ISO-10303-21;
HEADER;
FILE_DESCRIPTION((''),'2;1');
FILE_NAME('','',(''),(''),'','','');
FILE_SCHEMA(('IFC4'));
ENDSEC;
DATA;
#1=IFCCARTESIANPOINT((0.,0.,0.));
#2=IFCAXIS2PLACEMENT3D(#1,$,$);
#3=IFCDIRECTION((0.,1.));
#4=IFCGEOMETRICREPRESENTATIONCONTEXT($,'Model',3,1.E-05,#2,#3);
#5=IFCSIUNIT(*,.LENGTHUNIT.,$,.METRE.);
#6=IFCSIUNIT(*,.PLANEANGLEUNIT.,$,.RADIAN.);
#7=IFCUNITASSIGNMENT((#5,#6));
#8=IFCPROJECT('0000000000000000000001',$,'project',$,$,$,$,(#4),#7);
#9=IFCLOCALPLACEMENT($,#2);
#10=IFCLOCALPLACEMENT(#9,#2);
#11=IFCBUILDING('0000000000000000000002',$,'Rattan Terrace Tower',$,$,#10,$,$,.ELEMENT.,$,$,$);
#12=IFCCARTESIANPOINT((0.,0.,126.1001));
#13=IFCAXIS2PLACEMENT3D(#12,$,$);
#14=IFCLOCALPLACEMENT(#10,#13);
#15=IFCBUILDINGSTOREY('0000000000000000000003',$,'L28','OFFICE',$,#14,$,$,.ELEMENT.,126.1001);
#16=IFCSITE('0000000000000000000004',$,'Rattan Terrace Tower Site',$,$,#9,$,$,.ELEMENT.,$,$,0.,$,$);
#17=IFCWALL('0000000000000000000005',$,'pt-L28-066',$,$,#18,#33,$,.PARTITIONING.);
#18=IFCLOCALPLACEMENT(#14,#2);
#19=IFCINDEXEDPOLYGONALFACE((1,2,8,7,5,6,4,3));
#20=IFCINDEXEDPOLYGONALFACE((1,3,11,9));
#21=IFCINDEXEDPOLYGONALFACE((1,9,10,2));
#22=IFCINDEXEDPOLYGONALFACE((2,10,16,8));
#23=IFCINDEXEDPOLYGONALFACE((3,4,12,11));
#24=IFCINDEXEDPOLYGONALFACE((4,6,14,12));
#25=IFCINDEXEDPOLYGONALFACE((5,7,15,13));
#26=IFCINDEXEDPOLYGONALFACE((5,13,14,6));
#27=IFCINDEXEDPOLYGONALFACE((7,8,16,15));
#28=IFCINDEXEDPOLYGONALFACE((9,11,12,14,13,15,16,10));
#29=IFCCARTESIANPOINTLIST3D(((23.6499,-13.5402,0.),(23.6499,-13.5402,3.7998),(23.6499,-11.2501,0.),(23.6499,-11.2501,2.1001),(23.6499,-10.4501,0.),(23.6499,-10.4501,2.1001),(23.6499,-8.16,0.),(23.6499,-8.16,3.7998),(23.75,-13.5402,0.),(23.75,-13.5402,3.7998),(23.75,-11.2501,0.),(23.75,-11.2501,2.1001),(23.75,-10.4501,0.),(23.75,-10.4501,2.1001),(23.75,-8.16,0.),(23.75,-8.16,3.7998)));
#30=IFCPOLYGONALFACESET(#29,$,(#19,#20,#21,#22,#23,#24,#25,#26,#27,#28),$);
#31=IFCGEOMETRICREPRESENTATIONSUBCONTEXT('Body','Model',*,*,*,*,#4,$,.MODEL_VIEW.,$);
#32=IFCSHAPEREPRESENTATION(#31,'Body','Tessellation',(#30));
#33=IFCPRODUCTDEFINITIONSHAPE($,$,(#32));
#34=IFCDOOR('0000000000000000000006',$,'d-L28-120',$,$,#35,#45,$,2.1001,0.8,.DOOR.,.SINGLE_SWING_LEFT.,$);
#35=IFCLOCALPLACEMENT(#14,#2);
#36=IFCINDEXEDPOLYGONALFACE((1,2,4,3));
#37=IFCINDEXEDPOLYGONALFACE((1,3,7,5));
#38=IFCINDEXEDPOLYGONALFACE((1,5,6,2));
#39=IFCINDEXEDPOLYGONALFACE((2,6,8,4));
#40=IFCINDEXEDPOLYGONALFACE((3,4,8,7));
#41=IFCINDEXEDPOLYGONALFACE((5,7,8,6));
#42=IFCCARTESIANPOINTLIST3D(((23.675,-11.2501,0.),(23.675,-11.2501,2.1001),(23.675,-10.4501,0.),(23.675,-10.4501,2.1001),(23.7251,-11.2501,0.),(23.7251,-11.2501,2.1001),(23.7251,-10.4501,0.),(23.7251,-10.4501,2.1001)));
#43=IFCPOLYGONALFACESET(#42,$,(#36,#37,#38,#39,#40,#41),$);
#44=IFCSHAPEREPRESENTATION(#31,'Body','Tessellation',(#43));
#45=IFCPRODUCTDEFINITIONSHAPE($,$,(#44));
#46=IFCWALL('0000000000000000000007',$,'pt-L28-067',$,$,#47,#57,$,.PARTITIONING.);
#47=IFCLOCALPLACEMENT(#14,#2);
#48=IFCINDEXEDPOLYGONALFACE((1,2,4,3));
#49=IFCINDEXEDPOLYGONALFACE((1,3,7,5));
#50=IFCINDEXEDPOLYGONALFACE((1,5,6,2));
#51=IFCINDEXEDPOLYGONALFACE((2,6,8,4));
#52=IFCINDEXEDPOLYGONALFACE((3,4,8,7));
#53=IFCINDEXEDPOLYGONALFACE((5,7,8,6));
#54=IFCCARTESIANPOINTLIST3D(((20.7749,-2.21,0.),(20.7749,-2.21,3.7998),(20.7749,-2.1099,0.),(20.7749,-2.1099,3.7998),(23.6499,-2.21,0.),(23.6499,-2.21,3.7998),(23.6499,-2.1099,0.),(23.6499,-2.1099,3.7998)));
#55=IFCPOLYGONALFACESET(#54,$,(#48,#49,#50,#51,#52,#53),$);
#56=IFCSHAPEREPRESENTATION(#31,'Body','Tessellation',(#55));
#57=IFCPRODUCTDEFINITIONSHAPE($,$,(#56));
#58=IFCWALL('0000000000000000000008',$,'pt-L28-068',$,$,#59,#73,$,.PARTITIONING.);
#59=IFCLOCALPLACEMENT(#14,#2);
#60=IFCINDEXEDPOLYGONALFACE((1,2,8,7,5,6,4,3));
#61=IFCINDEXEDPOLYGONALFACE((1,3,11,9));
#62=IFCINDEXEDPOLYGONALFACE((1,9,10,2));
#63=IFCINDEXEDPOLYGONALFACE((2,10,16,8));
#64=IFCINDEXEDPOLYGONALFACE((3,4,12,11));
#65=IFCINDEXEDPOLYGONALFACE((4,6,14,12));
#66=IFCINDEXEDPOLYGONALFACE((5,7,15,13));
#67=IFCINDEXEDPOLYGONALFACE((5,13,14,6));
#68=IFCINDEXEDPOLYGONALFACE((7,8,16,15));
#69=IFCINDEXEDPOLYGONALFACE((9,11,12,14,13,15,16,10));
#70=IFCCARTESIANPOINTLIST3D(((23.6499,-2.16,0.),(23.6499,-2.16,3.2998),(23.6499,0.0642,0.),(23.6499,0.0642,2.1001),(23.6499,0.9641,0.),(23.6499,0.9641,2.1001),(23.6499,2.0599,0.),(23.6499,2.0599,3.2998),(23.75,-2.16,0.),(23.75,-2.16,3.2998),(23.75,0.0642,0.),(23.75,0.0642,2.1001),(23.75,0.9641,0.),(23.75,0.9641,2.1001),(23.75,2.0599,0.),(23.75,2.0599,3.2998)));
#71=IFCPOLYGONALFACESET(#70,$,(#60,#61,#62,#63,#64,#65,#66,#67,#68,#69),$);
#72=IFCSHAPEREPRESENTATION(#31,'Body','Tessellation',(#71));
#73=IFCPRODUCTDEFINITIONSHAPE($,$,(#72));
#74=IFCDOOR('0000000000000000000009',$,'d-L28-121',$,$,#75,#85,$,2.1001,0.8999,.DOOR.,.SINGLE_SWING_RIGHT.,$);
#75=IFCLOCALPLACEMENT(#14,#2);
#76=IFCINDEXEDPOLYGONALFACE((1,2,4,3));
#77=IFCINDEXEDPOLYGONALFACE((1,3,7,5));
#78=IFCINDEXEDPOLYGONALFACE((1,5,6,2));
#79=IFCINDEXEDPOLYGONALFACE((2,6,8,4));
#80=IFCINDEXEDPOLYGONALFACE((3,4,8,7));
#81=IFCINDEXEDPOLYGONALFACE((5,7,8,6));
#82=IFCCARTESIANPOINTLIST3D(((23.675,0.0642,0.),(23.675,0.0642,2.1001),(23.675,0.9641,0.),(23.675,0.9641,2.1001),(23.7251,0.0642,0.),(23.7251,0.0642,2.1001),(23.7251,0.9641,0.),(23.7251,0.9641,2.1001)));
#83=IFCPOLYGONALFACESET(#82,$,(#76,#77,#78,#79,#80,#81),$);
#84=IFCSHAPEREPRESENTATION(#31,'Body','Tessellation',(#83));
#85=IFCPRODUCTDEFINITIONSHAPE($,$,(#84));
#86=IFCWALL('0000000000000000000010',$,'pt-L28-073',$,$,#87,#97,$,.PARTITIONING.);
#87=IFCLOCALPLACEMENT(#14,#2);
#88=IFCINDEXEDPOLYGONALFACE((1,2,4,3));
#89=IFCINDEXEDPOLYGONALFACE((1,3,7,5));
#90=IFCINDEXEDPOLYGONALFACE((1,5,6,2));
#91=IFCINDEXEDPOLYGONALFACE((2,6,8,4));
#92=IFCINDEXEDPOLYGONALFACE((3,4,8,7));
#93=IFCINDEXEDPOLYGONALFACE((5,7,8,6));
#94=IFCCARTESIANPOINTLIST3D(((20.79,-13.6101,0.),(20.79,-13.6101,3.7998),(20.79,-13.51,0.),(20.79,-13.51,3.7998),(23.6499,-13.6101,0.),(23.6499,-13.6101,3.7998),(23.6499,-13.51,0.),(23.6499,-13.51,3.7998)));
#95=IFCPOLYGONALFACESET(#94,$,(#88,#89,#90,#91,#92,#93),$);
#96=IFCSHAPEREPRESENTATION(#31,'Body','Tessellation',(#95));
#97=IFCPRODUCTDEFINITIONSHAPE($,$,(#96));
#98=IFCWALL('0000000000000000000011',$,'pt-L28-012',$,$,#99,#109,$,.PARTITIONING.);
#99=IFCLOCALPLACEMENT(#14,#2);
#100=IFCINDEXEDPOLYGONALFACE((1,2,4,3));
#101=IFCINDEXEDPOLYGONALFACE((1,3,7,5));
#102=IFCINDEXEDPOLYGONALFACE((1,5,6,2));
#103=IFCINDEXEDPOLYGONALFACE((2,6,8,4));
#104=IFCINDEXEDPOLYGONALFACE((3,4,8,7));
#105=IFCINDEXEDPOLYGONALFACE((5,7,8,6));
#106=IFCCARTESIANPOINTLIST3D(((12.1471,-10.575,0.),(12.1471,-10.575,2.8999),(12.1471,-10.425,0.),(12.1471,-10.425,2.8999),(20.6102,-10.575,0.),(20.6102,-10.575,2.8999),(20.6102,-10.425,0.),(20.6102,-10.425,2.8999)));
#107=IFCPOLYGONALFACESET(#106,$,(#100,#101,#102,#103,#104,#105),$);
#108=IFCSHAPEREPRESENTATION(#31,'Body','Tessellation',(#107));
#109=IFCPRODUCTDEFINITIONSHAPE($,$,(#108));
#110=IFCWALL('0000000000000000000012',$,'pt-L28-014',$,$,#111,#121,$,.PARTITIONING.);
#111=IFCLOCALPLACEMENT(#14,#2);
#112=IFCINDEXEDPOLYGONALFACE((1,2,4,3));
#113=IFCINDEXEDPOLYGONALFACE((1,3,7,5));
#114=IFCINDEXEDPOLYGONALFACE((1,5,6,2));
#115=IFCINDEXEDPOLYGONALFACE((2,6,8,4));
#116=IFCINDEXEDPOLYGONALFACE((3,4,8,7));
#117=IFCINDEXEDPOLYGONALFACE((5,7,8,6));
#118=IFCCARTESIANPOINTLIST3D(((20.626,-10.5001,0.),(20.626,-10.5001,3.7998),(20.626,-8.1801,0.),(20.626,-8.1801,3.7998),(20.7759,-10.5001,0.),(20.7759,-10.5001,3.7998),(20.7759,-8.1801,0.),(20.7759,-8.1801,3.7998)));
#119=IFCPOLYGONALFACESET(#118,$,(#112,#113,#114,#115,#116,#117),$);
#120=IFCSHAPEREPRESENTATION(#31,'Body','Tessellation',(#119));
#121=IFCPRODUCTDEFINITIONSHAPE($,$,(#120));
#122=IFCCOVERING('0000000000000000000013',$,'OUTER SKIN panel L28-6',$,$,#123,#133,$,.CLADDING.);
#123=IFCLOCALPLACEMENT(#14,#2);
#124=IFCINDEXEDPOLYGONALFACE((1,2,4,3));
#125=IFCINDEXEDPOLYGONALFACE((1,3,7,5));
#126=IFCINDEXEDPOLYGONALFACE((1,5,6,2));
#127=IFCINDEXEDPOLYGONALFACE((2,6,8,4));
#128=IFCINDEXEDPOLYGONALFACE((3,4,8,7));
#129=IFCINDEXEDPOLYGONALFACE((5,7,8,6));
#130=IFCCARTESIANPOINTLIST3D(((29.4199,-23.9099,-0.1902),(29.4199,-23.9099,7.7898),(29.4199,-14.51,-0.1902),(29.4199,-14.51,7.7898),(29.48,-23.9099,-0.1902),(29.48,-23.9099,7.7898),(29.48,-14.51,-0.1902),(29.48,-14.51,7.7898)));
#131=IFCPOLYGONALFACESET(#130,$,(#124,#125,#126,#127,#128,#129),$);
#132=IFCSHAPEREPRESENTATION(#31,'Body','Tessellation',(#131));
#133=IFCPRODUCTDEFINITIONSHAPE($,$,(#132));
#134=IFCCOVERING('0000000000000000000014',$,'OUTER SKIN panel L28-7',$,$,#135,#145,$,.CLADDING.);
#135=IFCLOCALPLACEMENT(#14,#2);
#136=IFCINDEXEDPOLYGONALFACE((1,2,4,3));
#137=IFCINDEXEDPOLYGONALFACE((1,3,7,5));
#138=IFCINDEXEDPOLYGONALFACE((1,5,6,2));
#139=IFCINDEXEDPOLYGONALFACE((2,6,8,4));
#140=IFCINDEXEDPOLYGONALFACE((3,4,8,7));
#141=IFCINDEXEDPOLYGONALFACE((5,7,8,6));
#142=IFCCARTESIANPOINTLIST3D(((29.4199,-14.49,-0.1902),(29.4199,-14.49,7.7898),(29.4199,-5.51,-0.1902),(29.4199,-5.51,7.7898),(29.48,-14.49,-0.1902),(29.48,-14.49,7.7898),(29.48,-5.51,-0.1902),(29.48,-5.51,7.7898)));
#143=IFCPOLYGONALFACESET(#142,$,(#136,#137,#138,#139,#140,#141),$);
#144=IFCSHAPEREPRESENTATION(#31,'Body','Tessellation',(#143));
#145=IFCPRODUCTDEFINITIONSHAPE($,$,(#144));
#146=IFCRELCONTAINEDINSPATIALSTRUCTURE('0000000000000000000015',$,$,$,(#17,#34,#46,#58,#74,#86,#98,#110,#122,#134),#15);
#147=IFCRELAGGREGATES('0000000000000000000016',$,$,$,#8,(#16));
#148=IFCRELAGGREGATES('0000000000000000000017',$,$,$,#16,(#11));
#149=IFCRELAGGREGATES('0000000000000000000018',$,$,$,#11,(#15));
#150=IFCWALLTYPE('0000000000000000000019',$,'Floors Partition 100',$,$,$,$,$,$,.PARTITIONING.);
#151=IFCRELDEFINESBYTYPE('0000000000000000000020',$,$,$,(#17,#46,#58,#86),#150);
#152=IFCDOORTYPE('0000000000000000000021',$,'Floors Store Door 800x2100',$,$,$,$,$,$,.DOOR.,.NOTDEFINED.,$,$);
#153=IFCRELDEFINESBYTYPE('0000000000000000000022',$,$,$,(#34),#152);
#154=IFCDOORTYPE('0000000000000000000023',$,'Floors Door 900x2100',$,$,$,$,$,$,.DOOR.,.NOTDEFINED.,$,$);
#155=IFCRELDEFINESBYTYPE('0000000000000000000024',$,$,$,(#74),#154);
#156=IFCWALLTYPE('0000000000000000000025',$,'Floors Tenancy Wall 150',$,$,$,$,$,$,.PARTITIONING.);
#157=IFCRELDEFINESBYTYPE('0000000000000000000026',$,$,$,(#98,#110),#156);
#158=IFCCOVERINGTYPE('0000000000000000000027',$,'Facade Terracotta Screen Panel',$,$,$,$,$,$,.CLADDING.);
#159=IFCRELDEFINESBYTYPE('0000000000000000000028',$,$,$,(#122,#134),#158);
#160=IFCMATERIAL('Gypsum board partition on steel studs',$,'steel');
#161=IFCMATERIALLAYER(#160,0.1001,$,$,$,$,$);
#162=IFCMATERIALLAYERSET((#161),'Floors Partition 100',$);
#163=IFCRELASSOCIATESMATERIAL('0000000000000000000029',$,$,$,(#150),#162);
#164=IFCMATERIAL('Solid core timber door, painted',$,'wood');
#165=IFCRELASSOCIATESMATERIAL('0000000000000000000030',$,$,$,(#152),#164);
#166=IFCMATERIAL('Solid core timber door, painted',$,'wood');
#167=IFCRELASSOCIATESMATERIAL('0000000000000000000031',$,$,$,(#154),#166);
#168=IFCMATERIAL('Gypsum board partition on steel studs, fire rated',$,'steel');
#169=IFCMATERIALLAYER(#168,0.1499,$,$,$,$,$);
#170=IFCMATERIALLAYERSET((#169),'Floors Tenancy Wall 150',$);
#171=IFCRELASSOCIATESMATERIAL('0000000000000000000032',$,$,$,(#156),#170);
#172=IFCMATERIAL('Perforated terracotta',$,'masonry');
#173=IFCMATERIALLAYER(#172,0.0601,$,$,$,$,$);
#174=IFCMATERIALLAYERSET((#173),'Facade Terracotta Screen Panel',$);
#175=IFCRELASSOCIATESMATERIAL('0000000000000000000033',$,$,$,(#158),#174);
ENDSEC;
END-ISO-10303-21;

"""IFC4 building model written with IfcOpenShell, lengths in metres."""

from ifc_helpers import new_model, si_unit, direction, frame, frame_2d, origin, origin_2d, place, context, subcontext, project, spatial, rectangle, extrude, material, layer, layer_set, type_object, element, fill, save


model = new_model("IFC4")

# Units and contexts
model_context = context("Model", 3, precision=1e-05, world=origin(), true_north=direction((0.0, 1.0)))
body_context = subcontext(model_context, "Body", "Model", "MODEL_VIEW")
ifc_project = project(units=[si_unit("LENGTHUNIT", "METRE"), si_unit("PLANEANGLEUNIT", "RADIAN")], contexts=[model_context])

# Site, building, storey
site_placement = place(None, origin())
site = spatial("IfcSite", under=ifc_project, at=site_placement, Name="Rattan Terrace Tower Site", CompositionType="ELEMENT", RefElevation=0.0)
building_placement = place(site_placement, origin())
building = spatial("IfcBuilding", under=site, at=building_placement, Name="Rattan Terrace Tower", CompositionType="ELEMENT")
storey_placement = place(building_placement, frame((0.0, 0.0, 126.1001)))
storey = spatial("IfcBuildingStorey", under=building, at=storey_placement, Name="L28", Description="OFFICE", CompositionType="ELEMENT", Elevation=126.1001)

# Shared definitions
ifc_material_1 = material(Name="Gypsum board partition on steel studs", Category="steel")
ifc_layer_1 = layer(ifc_material_1, 0.1001)
ifc_layer_set_1 = layer_set([ifc_layer_1], Name="Floors Partition 100")
wall_type_1 = type_object("IfcWallType", Name="Floors Partition 100", PredefinedType="PARTITIONING", material=ifc_layer_set_1)

# Wall, opening, door
wall_1_placement = place(storey_placement, frame((23.7, -13.54, 0.0), z_axis=(0.0, 0.0, 1.0), x_axis=(0.0, 1.0, 0.0)))
wall_1 = element("IfcWall", 1, at=wall_1_placement, inside=storey, type_object=wall_type_1, Name="pt-L28-066", PredefinedType="PARTITIONING", context=body_context, shape_type="SweptSolid", body=[
    extrude(rectangle(XDim=5.3801, YDim=0.1001, at=frame_2d((2.6899, 0.0))), origin(), (0.0, 0.0, 1.0), 3.7998),
])
opening_1_placement = place(wall_1_placement, frame((2.29, 0.0, 0.0)))
opening_1 = element("IfcOpeningElement", 2, at=opening_1_placement, cuts=wall_1, PredefinedType="OPENING", context=body_context, shape_type="SweptSolid", body=[
    extrude(rectangle(XDim=0.8, YDim=2.1001, at=frame_2d((0.3999, 1.05))), frame((0.0, 0.0605, 0.0), z_axis=(0.0, -1.0, 0.0), x_axis=(1.0, 0.0, 0.0)), (0.0, 0.0, 1.0), 0.1211),
])
ifc_material_2 = material(Name="Solid core timber door, painted", Category="wood")
door_type_1 = type_object("IfcDoorType", Name="Floors Store Door 800x2100", OperationType="NOTDEFINED", PredefinedType="DOOR", material=ifc_material_2)
door_1_placement = place(opening_1_placement, origin())
door_1 = element("IfcDoor", 3, at=door_1_placement, inside=storey, type_object=door_type_1, Name="d-L28-120", OperationType="SINGLE_SWING_LEFT", OverallHeight=2.1001, OverallWidth=0.8, PredefinedType="DOOR", context=body_context, shape_type="SweptSolid", body=[
    extrude(rectangle(XDim=0.8, YDim=2.1001, at=frame_2d((0.3999, 1.05))), frame((0.0, 0.0249, 0.0), z_axis=(0.0, -1.0, 0.0), x_axis=(1.0, 0.0, 0.0)), (0.0, 0.0, 1.0), 0.05),
])
fill(opening_1, door_1)

# Wall
wall_2_placement = place(storey_placement, frame((20.7749, -2.1599, 0.0), z_axis=(0.0, 0.0, 1.0), x_axis=(1.0, 0.0, 0.0)))
element("IfcWall", 4, at=wall_2_placement, inside=storey, type_object=wall_type_1, Name="pt-L28-067", PredefinedType="PARTITIONING", context=body_context, shape_type="SweptSolid", body=[
    extrude(rectangle(XDim=2.875, YDim=0.1001, at=frame_2d((1.4375, 0.0))), origin(), (0.0, 0.0, 1.0), 3.7998),
])

# Wall, opening, door
wall_3_placement = place(storey_placement, frame((23.7, -2.1599, 0.0), z_axis=(0.0, 0.0, 1.0), x_axis=(0.0, 1.0, 0.0)))
wall_3 = element("IfcWall", 5, at=wall_3_placement, inside=storey, type_object=wall_type_1, Name="pt-L28-068", PredefinedType="PARTITIONING", context=body_context, shape_type="SweptSolid", body=[
    extrude(rectangle(XDim=4.22, YDim=0.1001, at=frame_2d((2.1099, 0.0))), origin(), (0.0, 0.0, 1.0), 3.2998),
])
opening_2_placement = place(wall_3_placement, frame((2.2241, 0.0, 0.0)))
opening_2 = element("IfcOpeningElement", 6, at=opening_2_placement, cuts=wall_3, PredefinedType="OPENING", context=body_context, shape_type="SweptSolid", body=[
    extrude(rectangle(XDim=0.8999, YDim=2.1001, at=frame_2d((0.45, 1.05))), frame((0.0, 0.0605, 0.0), z_axis=(0.0, -1.0, 0.0), x_axis=(1.0, 0.0, 0.0)), (0.0, 0.0, 1.0), 0.1211),
])
ifc_material_3 = material(Name="Solid core timber door, painted", Category="wood")
door_type_2 = type_object("IfcDoorType", Name="Floors Door 900x2100", OperationType="NOTDEFINED", PredefinedType="DOOR", material=ifc_material_3)
door_2_placement = place(opening_2_placement, origin())
door_2 = element("IfcDoor", 7, at=door_2_placement, inside=storey, type_object=door_type_2, Name="d-L28-121", OperationType="SINGLE_SWING_RIGHT", OverallHeight=2.1001, OverallWidth=0.8999, PredefinedType="DOOR", context=body_context, shape_type="SweptSolid", body=[
    extrude(rectangle(XDim=0.8999, YDim=2.1001, at=frame_2d((0.45, 1.05))), frame((0.0, 0.0249, 0.0), z_axis=(0.0, -1.0, 0.0), x_axis=(1.0, 0.0, 0.0)), (0.0, 0.0, 1.0), 0.05),
])
fill(opening_2, door_2)

# Walls
wall_4_placement = place(storey_placement, frame((20.79, -13.5601, 0.0), z_axis=(0.0, 0.0, 1.0), x_axis=(1.0, 0.0, 0.0)))
element("IfcWall", 8, at=wall_4_placement, inside=storey, type_object=wall_type_1, Name="pt-L28-073", PredefinedType="PARTITIONING", context=body_context, shape_type="SweptSolid", body=[
    extrude(rectangle(XDim=2.8599, YDim=0.1001, at=frame_2d((1.4299, 0.0))), origin(), (0.0, 0.0, 1.0), 3.7998),
])
ifc_material_4 = material(Name="Gypsum board partition on steel studs, fire rated", Category="steel")
ifc_layer_2 = layer(ifc_material_4, 0.1499)
ifc_layer_set_2 = layer_set([ifc_layer_2], Name="Floors Tenancy Wall 150")
wall_type_2 = type_object("IfcWallType", Name="Floors Tenancy Wall 150", PredefinedType="PARTITIONING", material=ifc_layer_set_2)
wall_5_placement = place(storey_placement, frame((20.6101, -10.5, 0.0), z_axis=(0.0, 0.0, 1.0), x_axis=(-1.0, 0.0, 0.0)))
element("IfcWall", 9, at=wall_5_placement, inside=storey, type_object=wall_type_2, Name="pt-L28-012", PredefinedType="PARTITIONING", context=body_context, shape_type="SweptSolid", body=[
    extrude(rectangle(XDim=8.4631, YDim=0.1499, at=frame_2d((4.2314, 0.0))), origin(), (0.0, 0.0, 1.0), 2.8999),
])
wall_6_placement = place(storey_placement, frame((20.7009, -8.1799, 0.0), z_axis=(0.0, 0.0, 1.0), x_axis=(0.0, -1.0, 0.0)))
element("IfcWall", 10, at=wall_6_placement, inside=storey, type_object=wall_type_2, Name="pt-L28-014", PredefinedType="PARTITIONING", context=body_context, shape_type="SweptSolid", body=[
    extrude(rectangle(XDim=2.3201, YDim=0.1499, at=frame_2d((1.1602, 0.0))), origin(), (0.0, 0.0, 1.0), 3.7998),
])

# Coverings
ifc_material_5 = material(Name="Perforated terracotta", Category="masonry")
ifc_layer_3 = layer(ifc_material_5, 0.0601)
ifc_layer_set_3 = layer_set([ifc_layer_3], Name="Facade Terracotta Screen Panel")
covering_type = type_object("IfcCoveringType", Name="Facade Terracotta Screen Panel", PredefinedType="CLADDING", material=ifc_layer_set_3)
covering_1_placement = place(storey_placement, frame((29.45, -19.21, -0.1902), z_axis=(0.0, 0.0, 1.0), x_axis=(0.0, 1.0, 0.0)))
element("IfcCovering", 11, at=covering_1_placement, inside=storey, type_object=covering_type, Name="OUTER SKIN panel L28-6", PredefinedType="CLADDING", context=body_context, shape_type="SweptSolid", body=[
    extrude(rectangle(XDim=9.3999, YDim=0.0601, at=origin_2d()), origin(), (0.0, 0.0, 1.0), 7.98),
])
covering_2_placement = place(storey_placement, frame((29.45, -10.0, -0.1902), z_axis=(0.0, 0.0, 1.0), x_axis=(0.0, 1.0, 0.0)))
element("IfcCovering", 12, at=covering_2_placement, inside=storey, type_object=covering_type, Name="OUTER SKIN panel L28-7", PredefinedType="CLADDING", context=body_context, shape_type="SweptSolid", body=[
    extrude(rectangle(XDim=8.98, YDim=0.0601, at=origin_2d()), origin(), (0.0, 0.0, 1.0), 7.98),
])

save(model, "model.ifc")
